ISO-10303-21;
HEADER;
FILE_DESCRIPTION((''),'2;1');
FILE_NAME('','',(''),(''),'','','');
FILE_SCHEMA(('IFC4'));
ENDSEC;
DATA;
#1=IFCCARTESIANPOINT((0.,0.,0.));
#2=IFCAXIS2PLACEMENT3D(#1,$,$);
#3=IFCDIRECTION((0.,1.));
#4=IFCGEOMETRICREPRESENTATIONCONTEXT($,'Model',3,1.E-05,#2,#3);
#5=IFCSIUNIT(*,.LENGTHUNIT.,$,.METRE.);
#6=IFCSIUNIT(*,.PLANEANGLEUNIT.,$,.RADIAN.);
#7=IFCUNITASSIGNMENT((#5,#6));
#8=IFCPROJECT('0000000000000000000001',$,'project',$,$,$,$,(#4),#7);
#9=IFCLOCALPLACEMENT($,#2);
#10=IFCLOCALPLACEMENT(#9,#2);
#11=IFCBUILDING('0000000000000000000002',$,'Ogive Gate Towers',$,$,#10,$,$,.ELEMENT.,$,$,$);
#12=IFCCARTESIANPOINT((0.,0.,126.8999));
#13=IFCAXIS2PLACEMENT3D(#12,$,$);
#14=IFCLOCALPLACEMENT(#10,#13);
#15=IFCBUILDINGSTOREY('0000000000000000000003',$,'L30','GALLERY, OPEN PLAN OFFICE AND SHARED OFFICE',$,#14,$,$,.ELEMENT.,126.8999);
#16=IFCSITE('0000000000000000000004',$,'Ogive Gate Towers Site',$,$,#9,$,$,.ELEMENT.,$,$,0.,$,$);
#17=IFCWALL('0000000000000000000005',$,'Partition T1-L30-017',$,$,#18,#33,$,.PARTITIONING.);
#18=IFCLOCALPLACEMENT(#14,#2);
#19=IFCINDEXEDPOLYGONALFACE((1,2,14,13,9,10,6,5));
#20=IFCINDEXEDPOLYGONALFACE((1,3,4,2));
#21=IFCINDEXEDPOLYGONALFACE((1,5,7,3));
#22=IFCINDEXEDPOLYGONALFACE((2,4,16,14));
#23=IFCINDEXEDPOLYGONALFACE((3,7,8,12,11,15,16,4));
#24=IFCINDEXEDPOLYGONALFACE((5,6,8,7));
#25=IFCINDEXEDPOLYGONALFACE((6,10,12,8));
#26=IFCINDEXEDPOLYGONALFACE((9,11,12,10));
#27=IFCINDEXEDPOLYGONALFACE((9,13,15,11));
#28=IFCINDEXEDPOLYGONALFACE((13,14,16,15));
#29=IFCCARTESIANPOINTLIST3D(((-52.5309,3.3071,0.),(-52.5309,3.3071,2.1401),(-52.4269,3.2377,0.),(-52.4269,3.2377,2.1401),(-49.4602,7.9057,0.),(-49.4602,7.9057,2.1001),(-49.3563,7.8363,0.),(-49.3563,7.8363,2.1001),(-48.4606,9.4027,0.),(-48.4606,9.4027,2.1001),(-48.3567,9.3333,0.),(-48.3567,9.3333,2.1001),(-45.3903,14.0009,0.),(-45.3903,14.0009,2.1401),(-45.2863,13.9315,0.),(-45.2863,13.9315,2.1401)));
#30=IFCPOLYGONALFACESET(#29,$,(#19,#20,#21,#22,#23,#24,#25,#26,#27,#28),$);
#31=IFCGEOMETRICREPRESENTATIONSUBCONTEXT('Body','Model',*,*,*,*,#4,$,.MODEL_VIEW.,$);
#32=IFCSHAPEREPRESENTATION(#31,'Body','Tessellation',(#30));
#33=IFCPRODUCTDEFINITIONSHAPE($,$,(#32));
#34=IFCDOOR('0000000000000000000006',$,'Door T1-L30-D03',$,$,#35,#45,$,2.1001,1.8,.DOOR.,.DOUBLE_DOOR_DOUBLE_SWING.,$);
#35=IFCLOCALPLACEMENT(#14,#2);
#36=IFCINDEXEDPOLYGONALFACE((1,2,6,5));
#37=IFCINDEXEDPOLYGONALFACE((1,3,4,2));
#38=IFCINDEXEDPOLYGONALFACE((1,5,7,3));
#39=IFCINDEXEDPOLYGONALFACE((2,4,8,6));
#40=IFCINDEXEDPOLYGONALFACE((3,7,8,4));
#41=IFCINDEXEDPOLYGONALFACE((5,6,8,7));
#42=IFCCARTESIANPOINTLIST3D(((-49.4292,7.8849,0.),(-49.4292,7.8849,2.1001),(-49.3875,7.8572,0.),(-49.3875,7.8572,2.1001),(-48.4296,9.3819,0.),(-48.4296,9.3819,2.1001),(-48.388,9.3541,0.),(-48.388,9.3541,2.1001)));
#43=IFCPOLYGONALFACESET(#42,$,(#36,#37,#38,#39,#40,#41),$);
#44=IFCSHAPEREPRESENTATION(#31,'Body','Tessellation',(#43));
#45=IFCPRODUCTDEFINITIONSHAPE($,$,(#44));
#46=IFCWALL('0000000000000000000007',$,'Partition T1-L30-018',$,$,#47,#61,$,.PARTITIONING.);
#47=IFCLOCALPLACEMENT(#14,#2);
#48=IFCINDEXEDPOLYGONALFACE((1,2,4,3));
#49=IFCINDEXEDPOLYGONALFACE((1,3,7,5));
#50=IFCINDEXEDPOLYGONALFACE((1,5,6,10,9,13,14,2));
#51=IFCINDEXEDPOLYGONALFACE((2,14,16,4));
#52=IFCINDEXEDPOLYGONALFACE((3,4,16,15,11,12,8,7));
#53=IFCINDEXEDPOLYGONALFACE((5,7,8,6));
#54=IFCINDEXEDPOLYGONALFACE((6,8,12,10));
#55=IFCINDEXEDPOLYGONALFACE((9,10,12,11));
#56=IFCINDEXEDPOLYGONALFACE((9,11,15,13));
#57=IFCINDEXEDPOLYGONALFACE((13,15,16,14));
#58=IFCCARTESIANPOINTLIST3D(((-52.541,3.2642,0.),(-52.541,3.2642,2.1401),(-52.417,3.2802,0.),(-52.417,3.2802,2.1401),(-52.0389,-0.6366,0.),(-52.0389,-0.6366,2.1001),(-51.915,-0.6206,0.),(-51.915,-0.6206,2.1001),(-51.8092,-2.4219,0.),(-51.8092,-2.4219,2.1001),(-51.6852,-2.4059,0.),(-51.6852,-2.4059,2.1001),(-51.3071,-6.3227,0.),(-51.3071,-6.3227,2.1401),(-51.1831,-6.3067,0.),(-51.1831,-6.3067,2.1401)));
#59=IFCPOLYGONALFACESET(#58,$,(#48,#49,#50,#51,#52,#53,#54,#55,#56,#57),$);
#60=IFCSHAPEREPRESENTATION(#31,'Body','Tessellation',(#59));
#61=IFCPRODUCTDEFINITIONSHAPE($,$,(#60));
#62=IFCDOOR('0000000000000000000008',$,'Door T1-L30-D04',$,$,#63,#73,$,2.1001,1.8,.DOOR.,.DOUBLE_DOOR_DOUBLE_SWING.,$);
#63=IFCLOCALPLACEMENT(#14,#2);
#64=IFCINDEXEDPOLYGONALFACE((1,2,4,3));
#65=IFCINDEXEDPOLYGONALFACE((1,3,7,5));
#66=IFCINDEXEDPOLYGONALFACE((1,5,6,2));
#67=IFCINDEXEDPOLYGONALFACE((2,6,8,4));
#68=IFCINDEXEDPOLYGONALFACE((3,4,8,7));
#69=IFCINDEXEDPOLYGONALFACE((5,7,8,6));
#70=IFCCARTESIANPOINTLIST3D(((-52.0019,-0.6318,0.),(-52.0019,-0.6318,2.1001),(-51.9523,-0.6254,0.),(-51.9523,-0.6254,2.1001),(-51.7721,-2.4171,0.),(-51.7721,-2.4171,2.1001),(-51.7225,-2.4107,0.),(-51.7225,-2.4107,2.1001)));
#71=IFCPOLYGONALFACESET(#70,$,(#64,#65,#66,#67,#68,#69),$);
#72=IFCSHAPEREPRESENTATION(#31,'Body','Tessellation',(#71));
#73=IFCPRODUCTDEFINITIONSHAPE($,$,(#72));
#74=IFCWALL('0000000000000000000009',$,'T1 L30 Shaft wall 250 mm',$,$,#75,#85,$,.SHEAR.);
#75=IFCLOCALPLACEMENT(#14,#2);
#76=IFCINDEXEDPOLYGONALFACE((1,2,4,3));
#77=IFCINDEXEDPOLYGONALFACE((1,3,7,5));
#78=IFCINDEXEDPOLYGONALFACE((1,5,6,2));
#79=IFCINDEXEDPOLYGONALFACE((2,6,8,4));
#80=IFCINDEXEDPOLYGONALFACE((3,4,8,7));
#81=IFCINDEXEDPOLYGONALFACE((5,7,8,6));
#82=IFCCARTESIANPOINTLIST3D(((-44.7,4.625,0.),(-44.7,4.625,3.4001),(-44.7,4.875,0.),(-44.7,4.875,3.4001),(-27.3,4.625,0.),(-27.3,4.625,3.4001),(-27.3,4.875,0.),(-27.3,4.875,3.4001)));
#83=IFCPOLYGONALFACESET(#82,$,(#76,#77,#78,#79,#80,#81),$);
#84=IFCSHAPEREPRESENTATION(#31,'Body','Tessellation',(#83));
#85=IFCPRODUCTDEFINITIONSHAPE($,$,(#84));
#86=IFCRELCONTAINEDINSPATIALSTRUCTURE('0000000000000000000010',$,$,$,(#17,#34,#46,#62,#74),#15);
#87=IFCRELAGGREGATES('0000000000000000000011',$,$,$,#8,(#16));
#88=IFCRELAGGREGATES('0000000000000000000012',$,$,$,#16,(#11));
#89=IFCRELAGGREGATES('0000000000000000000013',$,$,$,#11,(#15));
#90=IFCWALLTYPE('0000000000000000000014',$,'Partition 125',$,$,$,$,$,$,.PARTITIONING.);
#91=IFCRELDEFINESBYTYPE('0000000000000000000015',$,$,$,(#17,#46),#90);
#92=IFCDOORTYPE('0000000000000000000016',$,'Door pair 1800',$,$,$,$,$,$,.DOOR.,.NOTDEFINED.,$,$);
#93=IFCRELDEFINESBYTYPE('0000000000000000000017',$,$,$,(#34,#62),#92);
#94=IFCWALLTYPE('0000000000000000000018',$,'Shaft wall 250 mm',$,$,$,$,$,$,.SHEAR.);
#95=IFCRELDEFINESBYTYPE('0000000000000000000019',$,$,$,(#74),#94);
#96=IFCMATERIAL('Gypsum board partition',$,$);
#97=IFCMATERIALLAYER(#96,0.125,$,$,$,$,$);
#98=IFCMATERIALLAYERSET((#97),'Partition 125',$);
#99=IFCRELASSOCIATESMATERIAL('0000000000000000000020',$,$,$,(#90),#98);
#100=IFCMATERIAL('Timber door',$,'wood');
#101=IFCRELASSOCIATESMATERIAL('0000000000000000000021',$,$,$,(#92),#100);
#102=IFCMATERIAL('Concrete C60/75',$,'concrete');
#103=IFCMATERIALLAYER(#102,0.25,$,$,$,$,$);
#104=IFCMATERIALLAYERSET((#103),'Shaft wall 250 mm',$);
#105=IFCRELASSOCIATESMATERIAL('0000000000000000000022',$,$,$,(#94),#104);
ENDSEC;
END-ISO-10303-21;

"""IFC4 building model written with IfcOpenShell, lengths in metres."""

from ifc_helpers import new_model, si_unit, direction, frame, frame_2d, origin, place, context, subcontext, project, spatial, rectangle, extrude, material, layer, layer_set, type_object, element, fill, save


model = new_model("IFC4")

# Units and contexts
model_context = context("Model", 3, precision=1e-05, world=origin(), true_north=direction((0.0, 1.0)))
body_context = subcontext(model_context, "Body", "Model", "MODEL_VIEW")
ifc_project = project(units=[si_unit("LENGTHUNIT", "METRE"), si_unit("PLANEANGLEUNIT", "RADIAN")], contexts=[model_context])

# Site, building, storey
site_placement = place(None, origin())
site = spatial("IfcSite", under=ifc_project, at=site_placement, Name="Ogive Gate Towers Site", CompositionType="ELEMENT", RefElevation=0.0)
building_placement = place(site_placement, origin())
building = spatial("IfcBuilding", under=site, at=building_placement, Name="Ogive Gate Towers", CompositionType="ELEMENT")
storey_placement = place(building_placement, frame((0.0, 0.0, 126.8999)))
storey = spatial("IfcBuildingStorey", under=building, at=storey_placement, Name="L30", Description="GALLERY, OPEN PLAN OFFICE AND SHARED OFFICE", CompositionType="ELEMENT", Elevation=126.8999)

# Shared definitions
ifc_material_1 = material(Name="Gypsum board partition")
ifc_layer_1 = layer(ifc_material_1, 0.125)
ifc_layer_set_1 = layer_set([ifc_layer_1], Name="Partition 125")
wall_type_1 = type_object("IfcWallType", Name="Partition 125", PredefinedType="PARTITIONING", material=ifc_layer_set_1)

# Walls, openings, doors
wall_1_placement = place(storey_placement, frame((-45.3384, 13.9661, 0.0), z_axis=(0.0, 0.0, 1.0), x_axis=(-0.555313, -0.831641, 0.0)))
wall_1 = element("IfcWall", 1, at=wall_1_placement, inside=storey, type_object=wall_type_1, Name="Partition T1-L30-017", PredefinedType="PARTITIONING", context=body_context, shape_type="SweptSolid", body=[
    extrude(rectangle(XDim=12.8586, YDim=0.125, at=frame_2d((6.4292, 0.0))), origin(), (0.0, 0.0, 1.0), 2.1401),
])
opening_1_placement = place(wall_1_placement, frame((5.5291, 0.0, 0.0)))
opening_1 = element("IfcOpeningElement", 2, at=opening_1_placement, cuts=wall_1, PredefinedType="OPENING", context=body_context, shape_type="SweptSolid", body=[
    extrude(rectangle(XDim=1.8, YDim=2.1001, at=frame_2d((0.8999, 1.05))), frame((0.0, 0.0725, 0.0), z_axis=(0.0, -1.0, 0.0), x_axis=(1.0, 0.0, 0.0)), (0.0, 0.0, 1.0), 0.145),
])
ifc_material_2 = material(Name="Timber door", Category="wood")
door_type_1 = type_object("IfcDoorType", Name="Door pair 1800", OperationType="NOTDEFINED", PredefinedType="DOOR", material=ifc_material_2)
door_1_placement = place(opening_1_placement, origin())
door_1 = element("IfcDoor", 3, at=door_1_placement, inside=storey, type_object=door_type_1, Name="Door T1-L30-D03", OperationType="DOUBLE_DOOR_DOUBLE_SWING", OverallHeight=2.1001, OverallWidth=1.8, PredefinedType="DOOR", context=body_context, shape_type="SweptSolid", body=[
    extrude(rectangle(XDim=1.8, YDim=2.1001, at=frame_2d((0.8999, 1.05))), frame((0.0, 0.0249, 0.0), z_axis=(0.0, -1.0, 0.0), x_axis=(1.0, 0.0, 0.0)), (0.0, 0.0, 1.0), 0.05),
])
fill(opening_1, door_1)
wall_2_placement = place(storey_placement, frame((-52.479, 3.2722, 0.0), z_axis=(0.0, 0.0, 1.0), x_axis=(0.127652, -0.991819, 0.0)))
wall_2 = element("IfcWall", 4, at=wall_2_placement, inside=storey, type_object=wall_type_1, Name="Partition T1-L30-018", PredefinedType="PARTITIONING", context=body_context, shape_type="SweptSolid", body=[
    extrude(rectangle(XDim=9.666, YDim=0.125, at=frame_2d((4.833, 0.0))), origin(), (0.0, 0.0, 1.0), 2.1401),
])
opening_2_placement = place(wall_2_placement, frame((3.9331, 0.0, 0.0)))
opening_2 = element("IfcOpeningElement", 5, at=opening_2_placement, cuts=wall_2, PredefinedType="OPENING", context=body_context, shape_type="SweptSolid", body=[
    extrude(rectangle(XDim=1.8, YDim=2.1001, at=frame_2d((0.8999, 1.05))), frame((0.0, 0.0725, 0.0), z_axis=(0.0, -1.0, 0.0), x_axis=(1.0, 0.0, 0.0)), (0.0, 0.0, 1.0), 0.145),
])
door_2_placement = place(opening_2_placement, origin())
door_2 = element("IfcDoor", 6, at=door_2_placement, inside=storey, type_object=door_type_1, Name="Door T1-L30-D04", OperationType="DOUBLE_DOOR_DOUBLE_SWING", OverallHeight=2.1001, OverallWidth=1.8, PredefinedType="DOOR", context=body_context, shape_type="SweptSolid", body=[
    extrude(rectangle(XDim=1.8, YDim=2.1001, at=frame_2d((0.8999, 1.05))), frame((0.0, 0.0249, 0.0), z_axis=(0.0, -1.0, 0.0), x_axis=(1.0, 0.0, 0.0)), (0.0, 0.0, 1.0), 0.05),
])
fill(opening_2, door_2)

# Wall
ifc_material_3 = material(Name="Concrete C60/75", Category="concrete")
ifc_layer_2 = layer(ifc_material_3, 0.25)
ifc_layer_set_2 = layer_set([ifc_layer_2], Name="Shaft wall 250 mm")
wall_type_2 = type_object("IfcWallType", Name="Shaft wall 250 mm", PredefinedType="SHEAR", material=ifc_layer_set_2)
wall_3_placement = place(storey_placement, frame((-44.7, 4.75, 0.0), z_axis=(0.0, 0.0, 1.0), x_axis=(1.0, 0.0, 0.0)))
element("IfcWall", 7, at=wall_3_placement, inside=storey, type_object=wall_type_2, Name="T1 L30 Shaft wall 250 mm", PredefinedType="SHEAR", context=body_context, shape_type="SweptSolid", body=[
    extrude(rectangle(XDim=17.3999, YDim=0.25, at=frame_2d((8.7, 0.0))), origin(), (0.0, 0.0, 1.0), 3.4001),
])

save(model, "model.ifc")
